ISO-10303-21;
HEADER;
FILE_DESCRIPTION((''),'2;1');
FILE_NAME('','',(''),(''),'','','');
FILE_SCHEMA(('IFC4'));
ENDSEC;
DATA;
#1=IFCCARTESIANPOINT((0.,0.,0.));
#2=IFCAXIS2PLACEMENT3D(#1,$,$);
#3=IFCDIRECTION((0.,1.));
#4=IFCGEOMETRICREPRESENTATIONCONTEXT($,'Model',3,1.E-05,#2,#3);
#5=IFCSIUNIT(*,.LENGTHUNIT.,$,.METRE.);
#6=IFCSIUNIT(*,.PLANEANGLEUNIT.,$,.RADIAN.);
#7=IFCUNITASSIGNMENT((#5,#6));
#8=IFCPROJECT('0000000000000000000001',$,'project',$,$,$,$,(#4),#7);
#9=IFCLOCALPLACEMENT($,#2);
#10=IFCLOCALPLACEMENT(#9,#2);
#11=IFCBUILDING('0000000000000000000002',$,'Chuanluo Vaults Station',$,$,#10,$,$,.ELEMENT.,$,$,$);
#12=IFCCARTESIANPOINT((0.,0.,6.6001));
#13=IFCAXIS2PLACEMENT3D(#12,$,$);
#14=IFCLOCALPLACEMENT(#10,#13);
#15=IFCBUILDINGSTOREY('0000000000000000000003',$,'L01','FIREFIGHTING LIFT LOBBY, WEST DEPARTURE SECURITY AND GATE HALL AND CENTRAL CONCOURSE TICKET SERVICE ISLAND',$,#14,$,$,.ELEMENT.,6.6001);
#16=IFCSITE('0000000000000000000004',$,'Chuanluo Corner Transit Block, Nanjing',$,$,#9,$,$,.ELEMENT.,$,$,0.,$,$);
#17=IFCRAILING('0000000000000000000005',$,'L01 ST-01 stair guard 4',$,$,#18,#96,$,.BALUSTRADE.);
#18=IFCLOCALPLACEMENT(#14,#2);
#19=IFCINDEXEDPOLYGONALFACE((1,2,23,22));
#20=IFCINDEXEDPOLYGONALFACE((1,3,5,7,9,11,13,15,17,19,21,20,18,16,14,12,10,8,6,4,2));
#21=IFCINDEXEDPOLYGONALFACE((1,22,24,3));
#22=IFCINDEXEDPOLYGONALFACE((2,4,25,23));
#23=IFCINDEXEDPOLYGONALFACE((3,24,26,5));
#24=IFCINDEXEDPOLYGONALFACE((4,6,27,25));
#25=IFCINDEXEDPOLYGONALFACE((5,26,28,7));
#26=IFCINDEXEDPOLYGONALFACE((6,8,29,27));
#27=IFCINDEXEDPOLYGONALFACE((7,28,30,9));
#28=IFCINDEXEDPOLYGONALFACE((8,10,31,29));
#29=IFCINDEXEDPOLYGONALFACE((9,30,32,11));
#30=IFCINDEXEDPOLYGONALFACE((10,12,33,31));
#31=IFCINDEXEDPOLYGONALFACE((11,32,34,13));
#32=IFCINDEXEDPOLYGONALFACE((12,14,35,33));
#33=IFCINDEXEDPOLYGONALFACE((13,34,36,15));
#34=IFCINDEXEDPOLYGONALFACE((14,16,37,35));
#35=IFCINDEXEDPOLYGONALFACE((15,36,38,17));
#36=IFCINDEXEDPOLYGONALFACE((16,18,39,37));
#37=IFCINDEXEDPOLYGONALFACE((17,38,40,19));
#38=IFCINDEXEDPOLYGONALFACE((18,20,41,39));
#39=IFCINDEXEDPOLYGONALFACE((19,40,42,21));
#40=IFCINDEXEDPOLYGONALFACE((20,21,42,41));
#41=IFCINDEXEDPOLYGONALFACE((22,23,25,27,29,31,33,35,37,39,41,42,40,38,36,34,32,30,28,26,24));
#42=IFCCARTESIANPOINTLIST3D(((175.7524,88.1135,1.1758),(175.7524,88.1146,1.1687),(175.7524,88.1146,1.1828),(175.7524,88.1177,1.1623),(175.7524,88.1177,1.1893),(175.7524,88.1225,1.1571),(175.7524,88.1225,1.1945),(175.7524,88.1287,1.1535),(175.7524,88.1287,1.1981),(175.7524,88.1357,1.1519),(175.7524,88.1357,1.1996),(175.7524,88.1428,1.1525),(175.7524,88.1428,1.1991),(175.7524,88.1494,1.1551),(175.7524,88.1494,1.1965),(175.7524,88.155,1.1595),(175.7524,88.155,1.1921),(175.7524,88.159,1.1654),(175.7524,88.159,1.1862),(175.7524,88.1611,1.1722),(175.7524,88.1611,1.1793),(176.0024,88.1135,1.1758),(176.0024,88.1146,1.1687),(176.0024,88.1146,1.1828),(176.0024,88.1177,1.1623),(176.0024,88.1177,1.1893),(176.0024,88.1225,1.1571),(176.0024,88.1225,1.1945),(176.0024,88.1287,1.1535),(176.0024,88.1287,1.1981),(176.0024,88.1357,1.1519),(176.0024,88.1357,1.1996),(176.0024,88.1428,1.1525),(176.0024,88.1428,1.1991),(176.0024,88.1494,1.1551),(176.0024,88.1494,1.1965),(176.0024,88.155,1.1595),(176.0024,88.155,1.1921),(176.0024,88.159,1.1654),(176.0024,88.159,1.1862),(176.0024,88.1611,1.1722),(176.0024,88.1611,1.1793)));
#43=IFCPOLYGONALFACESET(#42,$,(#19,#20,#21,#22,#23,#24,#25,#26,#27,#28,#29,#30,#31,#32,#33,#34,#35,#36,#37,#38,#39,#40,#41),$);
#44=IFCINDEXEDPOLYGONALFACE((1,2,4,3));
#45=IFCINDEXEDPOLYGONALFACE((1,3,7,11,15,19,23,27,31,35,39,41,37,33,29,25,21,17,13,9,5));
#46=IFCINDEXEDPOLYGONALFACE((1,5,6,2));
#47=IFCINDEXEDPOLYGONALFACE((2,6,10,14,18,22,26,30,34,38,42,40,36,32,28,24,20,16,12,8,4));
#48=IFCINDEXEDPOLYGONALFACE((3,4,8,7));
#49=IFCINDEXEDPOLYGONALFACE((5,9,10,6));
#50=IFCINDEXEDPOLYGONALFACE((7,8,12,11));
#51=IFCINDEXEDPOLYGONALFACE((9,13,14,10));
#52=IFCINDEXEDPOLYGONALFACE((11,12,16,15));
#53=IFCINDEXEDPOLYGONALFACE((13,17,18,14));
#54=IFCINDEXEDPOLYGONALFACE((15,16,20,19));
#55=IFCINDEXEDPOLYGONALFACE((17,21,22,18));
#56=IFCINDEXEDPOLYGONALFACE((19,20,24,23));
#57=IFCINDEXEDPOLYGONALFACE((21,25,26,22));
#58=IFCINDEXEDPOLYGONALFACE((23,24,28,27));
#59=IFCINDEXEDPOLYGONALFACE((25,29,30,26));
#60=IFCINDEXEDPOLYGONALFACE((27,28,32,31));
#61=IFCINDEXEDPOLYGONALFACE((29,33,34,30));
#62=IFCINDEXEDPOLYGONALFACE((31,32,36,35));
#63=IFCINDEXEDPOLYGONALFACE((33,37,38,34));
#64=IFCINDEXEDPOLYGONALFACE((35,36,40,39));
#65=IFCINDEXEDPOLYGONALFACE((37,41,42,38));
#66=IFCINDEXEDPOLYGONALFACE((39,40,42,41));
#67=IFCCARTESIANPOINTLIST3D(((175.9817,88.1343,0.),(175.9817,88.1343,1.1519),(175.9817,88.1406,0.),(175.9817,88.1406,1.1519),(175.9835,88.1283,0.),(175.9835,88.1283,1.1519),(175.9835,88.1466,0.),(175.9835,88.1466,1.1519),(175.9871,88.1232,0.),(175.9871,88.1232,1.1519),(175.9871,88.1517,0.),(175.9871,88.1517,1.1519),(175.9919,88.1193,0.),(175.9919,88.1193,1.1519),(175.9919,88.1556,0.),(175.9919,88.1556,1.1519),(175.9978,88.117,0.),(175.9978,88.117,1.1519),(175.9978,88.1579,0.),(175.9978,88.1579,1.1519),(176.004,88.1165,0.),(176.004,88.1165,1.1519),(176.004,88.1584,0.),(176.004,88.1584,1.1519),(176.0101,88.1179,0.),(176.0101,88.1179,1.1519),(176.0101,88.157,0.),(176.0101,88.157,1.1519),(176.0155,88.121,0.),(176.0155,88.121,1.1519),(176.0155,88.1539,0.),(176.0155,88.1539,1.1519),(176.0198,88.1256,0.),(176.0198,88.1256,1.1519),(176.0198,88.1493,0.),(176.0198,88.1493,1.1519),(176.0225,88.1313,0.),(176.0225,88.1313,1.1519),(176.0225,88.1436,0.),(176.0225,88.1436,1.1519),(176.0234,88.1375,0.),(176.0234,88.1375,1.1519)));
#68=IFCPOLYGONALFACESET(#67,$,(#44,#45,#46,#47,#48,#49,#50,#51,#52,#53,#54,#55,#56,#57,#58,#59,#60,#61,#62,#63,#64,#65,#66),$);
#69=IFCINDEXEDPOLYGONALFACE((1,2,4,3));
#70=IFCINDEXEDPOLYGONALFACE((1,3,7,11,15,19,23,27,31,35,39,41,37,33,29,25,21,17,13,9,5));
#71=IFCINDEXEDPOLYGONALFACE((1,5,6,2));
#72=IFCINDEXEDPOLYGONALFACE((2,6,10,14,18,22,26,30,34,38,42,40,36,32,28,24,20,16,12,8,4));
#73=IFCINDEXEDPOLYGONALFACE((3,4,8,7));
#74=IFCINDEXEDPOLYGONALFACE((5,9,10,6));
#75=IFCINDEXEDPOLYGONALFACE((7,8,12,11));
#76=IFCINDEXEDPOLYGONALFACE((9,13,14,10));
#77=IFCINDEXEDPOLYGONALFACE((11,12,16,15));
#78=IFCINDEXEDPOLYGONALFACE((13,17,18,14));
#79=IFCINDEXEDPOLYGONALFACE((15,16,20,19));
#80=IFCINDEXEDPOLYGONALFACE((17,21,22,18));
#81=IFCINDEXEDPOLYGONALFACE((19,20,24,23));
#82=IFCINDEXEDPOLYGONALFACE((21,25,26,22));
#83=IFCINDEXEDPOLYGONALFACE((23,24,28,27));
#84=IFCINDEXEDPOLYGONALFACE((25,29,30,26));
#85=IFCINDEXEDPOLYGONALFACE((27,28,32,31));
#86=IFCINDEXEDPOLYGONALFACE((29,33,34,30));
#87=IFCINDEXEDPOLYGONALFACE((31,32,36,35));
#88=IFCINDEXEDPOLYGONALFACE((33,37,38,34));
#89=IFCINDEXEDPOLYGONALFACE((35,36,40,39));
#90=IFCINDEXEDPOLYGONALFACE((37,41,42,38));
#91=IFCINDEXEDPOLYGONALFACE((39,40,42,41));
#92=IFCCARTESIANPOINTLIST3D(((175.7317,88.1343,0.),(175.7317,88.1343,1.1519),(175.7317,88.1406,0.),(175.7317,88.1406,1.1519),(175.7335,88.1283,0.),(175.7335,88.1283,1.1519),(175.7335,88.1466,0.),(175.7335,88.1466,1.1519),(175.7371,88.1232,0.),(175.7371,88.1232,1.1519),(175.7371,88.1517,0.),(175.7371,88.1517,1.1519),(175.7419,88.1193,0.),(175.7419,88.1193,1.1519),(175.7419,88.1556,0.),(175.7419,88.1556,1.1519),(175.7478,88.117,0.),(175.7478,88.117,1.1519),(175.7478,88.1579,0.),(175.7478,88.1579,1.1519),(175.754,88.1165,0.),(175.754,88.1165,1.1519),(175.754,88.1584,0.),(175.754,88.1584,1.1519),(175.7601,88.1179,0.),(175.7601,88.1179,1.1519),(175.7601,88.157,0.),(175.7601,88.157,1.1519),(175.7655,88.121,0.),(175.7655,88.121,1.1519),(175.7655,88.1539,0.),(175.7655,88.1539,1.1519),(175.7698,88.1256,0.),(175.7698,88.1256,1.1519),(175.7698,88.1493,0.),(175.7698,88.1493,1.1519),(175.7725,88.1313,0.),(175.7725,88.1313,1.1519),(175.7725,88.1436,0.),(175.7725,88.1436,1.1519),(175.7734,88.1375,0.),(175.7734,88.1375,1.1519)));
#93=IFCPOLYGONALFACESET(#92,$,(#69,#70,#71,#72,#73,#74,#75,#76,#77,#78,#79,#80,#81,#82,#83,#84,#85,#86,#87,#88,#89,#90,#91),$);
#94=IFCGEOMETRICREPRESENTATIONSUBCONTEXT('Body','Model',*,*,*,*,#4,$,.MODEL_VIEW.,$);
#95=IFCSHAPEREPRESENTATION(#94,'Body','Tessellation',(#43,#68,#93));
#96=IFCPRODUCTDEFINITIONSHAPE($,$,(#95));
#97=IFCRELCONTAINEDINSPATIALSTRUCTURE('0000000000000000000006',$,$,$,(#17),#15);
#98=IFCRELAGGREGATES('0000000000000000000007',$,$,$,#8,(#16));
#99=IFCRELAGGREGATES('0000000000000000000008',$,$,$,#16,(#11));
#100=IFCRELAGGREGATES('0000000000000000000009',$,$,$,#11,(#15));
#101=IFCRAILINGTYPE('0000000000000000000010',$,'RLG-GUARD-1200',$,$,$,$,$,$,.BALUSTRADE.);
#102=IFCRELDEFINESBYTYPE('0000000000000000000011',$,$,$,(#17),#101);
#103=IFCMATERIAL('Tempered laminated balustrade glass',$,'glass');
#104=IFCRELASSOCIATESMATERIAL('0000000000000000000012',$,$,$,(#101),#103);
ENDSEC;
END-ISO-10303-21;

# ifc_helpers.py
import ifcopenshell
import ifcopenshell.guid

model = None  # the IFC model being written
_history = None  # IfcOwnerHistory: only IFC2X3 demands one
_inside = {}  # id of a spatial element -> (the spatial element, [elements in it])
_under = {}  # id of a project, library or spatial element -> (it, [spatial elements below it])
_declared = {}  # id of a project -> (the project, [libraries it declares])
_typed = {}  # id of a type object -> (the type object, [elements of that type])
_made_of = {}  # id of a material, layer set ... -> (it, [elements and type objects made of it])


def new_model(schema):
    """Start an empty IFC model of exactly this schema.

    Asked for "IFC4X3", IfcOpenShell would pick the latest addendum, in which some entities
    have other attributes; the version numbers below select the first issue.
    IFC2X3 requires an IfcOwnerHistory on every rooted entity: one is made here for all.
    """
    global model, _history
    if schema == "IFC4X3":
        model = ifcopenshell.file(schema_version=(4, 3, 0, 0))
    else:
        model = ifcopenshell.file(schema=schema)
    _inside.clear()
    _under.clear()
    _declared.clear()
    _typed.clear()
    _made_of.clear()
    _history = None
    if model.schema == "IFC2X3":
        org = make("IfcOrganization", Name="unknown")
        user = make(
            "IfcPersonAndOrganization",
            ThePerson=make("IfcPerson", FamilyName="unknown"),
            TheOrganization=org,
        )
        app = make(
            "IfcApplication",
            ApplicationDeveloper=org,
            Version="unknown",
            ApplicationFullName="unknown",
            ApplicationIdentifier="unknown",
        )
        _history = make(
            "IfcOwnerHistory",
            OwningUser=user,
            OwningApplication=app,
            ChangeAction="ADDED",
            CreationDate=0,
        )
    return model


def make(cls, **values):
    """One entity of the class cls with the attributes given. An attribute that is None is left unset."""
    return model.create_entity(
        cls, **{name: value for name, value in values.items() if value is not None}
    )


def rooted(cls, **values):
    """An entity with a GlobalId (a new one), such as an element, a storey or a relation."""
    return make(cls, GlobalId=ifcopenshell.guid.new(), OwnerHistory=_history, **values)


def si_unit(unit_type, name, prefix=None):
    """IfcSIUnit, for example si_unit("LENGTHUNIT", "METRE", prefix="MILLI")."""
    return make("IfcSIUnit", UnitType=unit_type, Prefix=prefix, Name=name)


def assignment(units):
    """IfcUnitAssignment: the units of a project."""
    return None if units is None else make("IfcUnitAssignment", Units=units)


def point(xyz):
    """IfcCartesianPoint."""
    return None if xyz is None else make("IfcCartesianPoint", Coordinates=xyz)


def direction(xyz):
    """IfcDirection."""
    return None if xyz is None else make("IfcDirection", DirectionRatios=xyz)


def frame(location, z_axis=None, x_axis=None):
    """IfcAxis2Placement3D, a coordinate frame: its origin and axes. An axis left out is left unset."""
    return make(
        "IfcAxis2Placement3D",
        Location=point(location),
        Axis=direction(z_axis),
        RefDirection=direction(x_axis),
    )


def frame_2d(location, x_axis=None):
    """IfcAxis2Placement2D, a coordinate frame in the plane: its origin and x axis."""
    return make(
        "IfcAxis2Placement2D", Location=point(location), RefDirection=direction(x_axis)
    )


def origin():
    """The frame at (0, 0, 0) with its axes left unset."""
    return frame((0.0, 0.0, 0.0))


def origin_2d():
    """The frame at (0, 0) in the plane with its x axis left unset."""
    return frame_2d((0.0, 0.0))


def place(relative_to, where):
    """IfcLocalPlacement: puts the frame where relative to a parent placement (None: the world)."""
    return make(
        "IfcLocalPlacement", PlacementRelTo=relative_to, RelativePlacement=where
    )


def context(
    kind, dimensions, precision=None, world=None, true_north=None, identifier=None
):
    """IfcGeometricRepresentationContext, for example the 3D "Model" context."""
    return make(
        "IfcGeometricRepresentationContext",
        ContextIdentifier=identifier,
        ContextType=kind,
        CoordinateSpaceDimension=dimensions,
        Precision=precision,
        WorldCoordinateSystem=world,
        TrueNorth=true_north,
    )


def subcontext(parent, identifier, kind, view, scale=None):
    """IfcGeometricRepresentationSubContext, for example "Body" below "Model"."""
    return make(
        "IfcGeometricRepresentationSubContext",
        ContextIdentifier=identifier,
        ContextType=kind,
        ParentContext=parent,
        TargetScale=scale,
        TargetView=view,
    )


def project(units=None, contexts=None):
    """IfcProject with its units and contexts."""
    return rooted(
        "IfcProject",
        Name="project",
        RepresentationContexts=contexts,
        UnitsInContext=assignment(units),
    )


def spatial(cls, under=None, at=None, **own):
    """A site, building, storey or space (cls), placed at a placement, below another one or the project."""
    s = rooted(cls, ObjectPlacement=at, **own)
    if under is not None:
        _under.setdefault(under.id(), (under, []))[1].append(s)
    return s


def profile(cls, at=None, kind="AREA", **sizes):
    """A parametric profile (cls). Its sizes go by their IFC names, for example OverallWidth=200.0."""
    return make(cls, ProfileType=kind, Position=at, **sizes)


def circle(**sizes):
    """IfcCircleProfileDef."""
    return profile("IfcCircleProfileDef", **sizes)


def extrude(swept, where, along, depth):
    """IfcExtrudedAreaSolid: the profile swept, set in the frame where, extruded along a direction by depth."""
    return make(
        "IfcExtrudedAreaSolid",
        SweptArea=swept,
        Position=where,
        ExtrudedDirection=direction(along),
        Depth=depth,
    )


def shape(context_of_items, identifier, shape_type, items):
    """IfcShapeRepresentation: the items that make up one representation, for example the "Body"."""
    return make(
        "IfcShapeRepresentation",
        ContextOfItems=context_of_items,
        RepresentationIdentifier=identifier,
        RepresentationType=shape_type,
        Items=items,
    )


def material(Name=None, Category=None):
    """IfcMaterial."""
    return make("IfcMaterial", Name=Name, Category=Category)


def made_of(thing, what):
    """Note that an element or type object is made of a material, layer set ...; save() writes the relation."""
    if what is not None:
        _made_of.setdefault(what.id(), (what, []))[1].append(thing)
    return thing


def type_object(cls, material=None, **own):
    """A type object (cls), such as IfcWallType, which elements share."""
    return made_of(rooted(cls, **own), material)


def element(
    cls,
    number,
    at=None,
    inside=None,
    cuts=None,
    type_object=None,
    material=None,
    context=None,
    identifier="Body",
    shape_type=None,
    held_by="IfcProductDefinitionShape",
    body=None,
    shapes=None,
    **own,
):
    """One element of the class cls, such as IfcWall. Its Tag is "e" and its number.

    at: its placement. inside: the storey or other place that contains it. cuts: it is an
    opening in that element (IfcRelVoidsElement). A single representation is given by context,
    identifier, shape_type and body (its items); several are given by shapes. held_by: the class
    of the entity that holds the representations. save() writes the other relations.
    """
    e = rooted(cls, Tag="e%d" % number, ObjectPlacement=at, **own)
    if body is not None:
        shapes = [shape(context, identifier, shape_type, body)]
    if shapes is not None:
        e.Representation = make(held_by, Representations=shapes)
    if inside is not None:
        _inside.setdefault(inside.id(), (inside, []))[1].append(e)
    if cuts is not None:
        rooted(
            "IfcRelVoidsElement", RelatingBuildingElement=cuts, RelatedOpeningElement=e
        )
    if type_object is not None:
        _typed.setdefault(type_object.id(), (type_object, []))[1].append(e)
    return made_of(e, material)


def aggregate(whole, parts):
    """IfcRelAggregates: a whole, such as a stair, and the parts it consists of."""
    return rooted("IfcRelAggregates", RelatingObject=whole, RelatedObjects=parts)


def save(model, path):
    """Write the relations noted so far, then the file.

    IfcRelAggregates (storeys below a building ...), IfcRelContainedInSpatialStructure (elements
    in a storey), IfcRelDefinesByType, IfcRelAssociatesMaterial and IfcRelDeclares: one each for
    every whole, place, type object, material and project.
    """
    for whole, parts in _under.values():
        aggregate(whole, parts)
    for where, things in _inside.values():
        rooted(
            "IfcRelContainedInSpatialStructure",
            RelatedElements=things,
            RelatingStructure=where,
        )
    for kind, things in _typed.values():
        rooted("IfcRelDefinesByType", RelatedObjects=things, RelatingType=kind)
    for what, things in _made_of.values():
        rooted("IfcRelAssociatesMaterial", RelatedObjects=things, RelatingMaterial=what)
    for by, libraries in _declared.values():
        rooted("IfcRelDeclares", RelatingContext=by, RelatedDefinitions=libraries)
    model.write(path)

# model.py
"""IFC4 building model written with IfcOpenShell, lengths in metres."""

from ifc_helpers import new_model, si_unit, direction, frame, origin, origin_2d, place, context, subcontext, project, spatial, circle, extrude, material, type_object, element, save


model = new_model("IFC4")

# Units and contexts
model_context = context("Model", 3, precision=1e-05, world=origin(), true_north=direction((0.0, 1.0)))
body_context = subcontext(model_context, "Body", "Model", "MODEL_VIEW")
ifc_project = project(units=[si_unit("LENGTHUNIT", "METRE"), si_unit("PLANEANGLEUNIT", "RADIAN")], contexts=[model_context])

# Site, building, storey
site_placement = place(None, origin())
site = spatial("IfcSite", under=ifc_project, at=site_placement, Name="Chuanluo Corner Transit Block, Nanjing", CompositionType="ELEMENT", RefElevation=0.0)
building_placement = place(site_placement, origin())
building = spatial("IfcBuilding", under=site, at=building_placement, Name="Chuanluo Vaults Station", CompositionType="ELEMENT")
storey_placement = place(building_placement, frame((0.0, 0.0, 6.6001)))
storey = spatial("IfcBuildingStorey", under=building, at=storey_placement, Name="L01", Description="FIREFIGHTING LIFT LOBBY, WEST DEPARTURE SECURITY AND GATE HALL AND CENTRAL CONCOURSE TICKET SERVICE ISLAND", CompositionType="ELEMENT", Elevation=6.6001)

# Railing
ifc_material_1 = material(Name="Tempered laminated balustrade glass", Category="glass")
railing_type_1 = type_object("IfcRailingType", Name="RLG-GUARD-1200", PredefinedType="BALUSTRADE", material=ifc_material_1)
railing_1_placement = place(storey_placement, frame((176.0024, 88.1375, 0.0)))
element("IfcRailing", 1, at=railing_1_placement, inside=storey, type_object=railing_type_1, Name="L01 ST-01 stair guard 4", PredefinedType="BALUSTRADE", context=body_context, shape_type="SweptSolid", body=[
    extrude(circle(Radius=0.0239, at=origin_2d()), frame((0.0, 0.0, 1.1758), z_axis=(-1.0, 0.0, 0.0), x_axis=(0.0, -1.0, 0.0)), (0.0, 0.0, 1.0), 0.25),
    extrude(circle(Radius=0.021, at=origin_2d()), origin(), (0.0, 0.0, 1.0), 1.1519),
    extrude(circle(Radius=0.021, at=origin_2d()), frame((-0.25, 0.0, 0.0)), (0.0, 0.0, 1.0), 1.1519),
])

save(model, "model.ifc")
